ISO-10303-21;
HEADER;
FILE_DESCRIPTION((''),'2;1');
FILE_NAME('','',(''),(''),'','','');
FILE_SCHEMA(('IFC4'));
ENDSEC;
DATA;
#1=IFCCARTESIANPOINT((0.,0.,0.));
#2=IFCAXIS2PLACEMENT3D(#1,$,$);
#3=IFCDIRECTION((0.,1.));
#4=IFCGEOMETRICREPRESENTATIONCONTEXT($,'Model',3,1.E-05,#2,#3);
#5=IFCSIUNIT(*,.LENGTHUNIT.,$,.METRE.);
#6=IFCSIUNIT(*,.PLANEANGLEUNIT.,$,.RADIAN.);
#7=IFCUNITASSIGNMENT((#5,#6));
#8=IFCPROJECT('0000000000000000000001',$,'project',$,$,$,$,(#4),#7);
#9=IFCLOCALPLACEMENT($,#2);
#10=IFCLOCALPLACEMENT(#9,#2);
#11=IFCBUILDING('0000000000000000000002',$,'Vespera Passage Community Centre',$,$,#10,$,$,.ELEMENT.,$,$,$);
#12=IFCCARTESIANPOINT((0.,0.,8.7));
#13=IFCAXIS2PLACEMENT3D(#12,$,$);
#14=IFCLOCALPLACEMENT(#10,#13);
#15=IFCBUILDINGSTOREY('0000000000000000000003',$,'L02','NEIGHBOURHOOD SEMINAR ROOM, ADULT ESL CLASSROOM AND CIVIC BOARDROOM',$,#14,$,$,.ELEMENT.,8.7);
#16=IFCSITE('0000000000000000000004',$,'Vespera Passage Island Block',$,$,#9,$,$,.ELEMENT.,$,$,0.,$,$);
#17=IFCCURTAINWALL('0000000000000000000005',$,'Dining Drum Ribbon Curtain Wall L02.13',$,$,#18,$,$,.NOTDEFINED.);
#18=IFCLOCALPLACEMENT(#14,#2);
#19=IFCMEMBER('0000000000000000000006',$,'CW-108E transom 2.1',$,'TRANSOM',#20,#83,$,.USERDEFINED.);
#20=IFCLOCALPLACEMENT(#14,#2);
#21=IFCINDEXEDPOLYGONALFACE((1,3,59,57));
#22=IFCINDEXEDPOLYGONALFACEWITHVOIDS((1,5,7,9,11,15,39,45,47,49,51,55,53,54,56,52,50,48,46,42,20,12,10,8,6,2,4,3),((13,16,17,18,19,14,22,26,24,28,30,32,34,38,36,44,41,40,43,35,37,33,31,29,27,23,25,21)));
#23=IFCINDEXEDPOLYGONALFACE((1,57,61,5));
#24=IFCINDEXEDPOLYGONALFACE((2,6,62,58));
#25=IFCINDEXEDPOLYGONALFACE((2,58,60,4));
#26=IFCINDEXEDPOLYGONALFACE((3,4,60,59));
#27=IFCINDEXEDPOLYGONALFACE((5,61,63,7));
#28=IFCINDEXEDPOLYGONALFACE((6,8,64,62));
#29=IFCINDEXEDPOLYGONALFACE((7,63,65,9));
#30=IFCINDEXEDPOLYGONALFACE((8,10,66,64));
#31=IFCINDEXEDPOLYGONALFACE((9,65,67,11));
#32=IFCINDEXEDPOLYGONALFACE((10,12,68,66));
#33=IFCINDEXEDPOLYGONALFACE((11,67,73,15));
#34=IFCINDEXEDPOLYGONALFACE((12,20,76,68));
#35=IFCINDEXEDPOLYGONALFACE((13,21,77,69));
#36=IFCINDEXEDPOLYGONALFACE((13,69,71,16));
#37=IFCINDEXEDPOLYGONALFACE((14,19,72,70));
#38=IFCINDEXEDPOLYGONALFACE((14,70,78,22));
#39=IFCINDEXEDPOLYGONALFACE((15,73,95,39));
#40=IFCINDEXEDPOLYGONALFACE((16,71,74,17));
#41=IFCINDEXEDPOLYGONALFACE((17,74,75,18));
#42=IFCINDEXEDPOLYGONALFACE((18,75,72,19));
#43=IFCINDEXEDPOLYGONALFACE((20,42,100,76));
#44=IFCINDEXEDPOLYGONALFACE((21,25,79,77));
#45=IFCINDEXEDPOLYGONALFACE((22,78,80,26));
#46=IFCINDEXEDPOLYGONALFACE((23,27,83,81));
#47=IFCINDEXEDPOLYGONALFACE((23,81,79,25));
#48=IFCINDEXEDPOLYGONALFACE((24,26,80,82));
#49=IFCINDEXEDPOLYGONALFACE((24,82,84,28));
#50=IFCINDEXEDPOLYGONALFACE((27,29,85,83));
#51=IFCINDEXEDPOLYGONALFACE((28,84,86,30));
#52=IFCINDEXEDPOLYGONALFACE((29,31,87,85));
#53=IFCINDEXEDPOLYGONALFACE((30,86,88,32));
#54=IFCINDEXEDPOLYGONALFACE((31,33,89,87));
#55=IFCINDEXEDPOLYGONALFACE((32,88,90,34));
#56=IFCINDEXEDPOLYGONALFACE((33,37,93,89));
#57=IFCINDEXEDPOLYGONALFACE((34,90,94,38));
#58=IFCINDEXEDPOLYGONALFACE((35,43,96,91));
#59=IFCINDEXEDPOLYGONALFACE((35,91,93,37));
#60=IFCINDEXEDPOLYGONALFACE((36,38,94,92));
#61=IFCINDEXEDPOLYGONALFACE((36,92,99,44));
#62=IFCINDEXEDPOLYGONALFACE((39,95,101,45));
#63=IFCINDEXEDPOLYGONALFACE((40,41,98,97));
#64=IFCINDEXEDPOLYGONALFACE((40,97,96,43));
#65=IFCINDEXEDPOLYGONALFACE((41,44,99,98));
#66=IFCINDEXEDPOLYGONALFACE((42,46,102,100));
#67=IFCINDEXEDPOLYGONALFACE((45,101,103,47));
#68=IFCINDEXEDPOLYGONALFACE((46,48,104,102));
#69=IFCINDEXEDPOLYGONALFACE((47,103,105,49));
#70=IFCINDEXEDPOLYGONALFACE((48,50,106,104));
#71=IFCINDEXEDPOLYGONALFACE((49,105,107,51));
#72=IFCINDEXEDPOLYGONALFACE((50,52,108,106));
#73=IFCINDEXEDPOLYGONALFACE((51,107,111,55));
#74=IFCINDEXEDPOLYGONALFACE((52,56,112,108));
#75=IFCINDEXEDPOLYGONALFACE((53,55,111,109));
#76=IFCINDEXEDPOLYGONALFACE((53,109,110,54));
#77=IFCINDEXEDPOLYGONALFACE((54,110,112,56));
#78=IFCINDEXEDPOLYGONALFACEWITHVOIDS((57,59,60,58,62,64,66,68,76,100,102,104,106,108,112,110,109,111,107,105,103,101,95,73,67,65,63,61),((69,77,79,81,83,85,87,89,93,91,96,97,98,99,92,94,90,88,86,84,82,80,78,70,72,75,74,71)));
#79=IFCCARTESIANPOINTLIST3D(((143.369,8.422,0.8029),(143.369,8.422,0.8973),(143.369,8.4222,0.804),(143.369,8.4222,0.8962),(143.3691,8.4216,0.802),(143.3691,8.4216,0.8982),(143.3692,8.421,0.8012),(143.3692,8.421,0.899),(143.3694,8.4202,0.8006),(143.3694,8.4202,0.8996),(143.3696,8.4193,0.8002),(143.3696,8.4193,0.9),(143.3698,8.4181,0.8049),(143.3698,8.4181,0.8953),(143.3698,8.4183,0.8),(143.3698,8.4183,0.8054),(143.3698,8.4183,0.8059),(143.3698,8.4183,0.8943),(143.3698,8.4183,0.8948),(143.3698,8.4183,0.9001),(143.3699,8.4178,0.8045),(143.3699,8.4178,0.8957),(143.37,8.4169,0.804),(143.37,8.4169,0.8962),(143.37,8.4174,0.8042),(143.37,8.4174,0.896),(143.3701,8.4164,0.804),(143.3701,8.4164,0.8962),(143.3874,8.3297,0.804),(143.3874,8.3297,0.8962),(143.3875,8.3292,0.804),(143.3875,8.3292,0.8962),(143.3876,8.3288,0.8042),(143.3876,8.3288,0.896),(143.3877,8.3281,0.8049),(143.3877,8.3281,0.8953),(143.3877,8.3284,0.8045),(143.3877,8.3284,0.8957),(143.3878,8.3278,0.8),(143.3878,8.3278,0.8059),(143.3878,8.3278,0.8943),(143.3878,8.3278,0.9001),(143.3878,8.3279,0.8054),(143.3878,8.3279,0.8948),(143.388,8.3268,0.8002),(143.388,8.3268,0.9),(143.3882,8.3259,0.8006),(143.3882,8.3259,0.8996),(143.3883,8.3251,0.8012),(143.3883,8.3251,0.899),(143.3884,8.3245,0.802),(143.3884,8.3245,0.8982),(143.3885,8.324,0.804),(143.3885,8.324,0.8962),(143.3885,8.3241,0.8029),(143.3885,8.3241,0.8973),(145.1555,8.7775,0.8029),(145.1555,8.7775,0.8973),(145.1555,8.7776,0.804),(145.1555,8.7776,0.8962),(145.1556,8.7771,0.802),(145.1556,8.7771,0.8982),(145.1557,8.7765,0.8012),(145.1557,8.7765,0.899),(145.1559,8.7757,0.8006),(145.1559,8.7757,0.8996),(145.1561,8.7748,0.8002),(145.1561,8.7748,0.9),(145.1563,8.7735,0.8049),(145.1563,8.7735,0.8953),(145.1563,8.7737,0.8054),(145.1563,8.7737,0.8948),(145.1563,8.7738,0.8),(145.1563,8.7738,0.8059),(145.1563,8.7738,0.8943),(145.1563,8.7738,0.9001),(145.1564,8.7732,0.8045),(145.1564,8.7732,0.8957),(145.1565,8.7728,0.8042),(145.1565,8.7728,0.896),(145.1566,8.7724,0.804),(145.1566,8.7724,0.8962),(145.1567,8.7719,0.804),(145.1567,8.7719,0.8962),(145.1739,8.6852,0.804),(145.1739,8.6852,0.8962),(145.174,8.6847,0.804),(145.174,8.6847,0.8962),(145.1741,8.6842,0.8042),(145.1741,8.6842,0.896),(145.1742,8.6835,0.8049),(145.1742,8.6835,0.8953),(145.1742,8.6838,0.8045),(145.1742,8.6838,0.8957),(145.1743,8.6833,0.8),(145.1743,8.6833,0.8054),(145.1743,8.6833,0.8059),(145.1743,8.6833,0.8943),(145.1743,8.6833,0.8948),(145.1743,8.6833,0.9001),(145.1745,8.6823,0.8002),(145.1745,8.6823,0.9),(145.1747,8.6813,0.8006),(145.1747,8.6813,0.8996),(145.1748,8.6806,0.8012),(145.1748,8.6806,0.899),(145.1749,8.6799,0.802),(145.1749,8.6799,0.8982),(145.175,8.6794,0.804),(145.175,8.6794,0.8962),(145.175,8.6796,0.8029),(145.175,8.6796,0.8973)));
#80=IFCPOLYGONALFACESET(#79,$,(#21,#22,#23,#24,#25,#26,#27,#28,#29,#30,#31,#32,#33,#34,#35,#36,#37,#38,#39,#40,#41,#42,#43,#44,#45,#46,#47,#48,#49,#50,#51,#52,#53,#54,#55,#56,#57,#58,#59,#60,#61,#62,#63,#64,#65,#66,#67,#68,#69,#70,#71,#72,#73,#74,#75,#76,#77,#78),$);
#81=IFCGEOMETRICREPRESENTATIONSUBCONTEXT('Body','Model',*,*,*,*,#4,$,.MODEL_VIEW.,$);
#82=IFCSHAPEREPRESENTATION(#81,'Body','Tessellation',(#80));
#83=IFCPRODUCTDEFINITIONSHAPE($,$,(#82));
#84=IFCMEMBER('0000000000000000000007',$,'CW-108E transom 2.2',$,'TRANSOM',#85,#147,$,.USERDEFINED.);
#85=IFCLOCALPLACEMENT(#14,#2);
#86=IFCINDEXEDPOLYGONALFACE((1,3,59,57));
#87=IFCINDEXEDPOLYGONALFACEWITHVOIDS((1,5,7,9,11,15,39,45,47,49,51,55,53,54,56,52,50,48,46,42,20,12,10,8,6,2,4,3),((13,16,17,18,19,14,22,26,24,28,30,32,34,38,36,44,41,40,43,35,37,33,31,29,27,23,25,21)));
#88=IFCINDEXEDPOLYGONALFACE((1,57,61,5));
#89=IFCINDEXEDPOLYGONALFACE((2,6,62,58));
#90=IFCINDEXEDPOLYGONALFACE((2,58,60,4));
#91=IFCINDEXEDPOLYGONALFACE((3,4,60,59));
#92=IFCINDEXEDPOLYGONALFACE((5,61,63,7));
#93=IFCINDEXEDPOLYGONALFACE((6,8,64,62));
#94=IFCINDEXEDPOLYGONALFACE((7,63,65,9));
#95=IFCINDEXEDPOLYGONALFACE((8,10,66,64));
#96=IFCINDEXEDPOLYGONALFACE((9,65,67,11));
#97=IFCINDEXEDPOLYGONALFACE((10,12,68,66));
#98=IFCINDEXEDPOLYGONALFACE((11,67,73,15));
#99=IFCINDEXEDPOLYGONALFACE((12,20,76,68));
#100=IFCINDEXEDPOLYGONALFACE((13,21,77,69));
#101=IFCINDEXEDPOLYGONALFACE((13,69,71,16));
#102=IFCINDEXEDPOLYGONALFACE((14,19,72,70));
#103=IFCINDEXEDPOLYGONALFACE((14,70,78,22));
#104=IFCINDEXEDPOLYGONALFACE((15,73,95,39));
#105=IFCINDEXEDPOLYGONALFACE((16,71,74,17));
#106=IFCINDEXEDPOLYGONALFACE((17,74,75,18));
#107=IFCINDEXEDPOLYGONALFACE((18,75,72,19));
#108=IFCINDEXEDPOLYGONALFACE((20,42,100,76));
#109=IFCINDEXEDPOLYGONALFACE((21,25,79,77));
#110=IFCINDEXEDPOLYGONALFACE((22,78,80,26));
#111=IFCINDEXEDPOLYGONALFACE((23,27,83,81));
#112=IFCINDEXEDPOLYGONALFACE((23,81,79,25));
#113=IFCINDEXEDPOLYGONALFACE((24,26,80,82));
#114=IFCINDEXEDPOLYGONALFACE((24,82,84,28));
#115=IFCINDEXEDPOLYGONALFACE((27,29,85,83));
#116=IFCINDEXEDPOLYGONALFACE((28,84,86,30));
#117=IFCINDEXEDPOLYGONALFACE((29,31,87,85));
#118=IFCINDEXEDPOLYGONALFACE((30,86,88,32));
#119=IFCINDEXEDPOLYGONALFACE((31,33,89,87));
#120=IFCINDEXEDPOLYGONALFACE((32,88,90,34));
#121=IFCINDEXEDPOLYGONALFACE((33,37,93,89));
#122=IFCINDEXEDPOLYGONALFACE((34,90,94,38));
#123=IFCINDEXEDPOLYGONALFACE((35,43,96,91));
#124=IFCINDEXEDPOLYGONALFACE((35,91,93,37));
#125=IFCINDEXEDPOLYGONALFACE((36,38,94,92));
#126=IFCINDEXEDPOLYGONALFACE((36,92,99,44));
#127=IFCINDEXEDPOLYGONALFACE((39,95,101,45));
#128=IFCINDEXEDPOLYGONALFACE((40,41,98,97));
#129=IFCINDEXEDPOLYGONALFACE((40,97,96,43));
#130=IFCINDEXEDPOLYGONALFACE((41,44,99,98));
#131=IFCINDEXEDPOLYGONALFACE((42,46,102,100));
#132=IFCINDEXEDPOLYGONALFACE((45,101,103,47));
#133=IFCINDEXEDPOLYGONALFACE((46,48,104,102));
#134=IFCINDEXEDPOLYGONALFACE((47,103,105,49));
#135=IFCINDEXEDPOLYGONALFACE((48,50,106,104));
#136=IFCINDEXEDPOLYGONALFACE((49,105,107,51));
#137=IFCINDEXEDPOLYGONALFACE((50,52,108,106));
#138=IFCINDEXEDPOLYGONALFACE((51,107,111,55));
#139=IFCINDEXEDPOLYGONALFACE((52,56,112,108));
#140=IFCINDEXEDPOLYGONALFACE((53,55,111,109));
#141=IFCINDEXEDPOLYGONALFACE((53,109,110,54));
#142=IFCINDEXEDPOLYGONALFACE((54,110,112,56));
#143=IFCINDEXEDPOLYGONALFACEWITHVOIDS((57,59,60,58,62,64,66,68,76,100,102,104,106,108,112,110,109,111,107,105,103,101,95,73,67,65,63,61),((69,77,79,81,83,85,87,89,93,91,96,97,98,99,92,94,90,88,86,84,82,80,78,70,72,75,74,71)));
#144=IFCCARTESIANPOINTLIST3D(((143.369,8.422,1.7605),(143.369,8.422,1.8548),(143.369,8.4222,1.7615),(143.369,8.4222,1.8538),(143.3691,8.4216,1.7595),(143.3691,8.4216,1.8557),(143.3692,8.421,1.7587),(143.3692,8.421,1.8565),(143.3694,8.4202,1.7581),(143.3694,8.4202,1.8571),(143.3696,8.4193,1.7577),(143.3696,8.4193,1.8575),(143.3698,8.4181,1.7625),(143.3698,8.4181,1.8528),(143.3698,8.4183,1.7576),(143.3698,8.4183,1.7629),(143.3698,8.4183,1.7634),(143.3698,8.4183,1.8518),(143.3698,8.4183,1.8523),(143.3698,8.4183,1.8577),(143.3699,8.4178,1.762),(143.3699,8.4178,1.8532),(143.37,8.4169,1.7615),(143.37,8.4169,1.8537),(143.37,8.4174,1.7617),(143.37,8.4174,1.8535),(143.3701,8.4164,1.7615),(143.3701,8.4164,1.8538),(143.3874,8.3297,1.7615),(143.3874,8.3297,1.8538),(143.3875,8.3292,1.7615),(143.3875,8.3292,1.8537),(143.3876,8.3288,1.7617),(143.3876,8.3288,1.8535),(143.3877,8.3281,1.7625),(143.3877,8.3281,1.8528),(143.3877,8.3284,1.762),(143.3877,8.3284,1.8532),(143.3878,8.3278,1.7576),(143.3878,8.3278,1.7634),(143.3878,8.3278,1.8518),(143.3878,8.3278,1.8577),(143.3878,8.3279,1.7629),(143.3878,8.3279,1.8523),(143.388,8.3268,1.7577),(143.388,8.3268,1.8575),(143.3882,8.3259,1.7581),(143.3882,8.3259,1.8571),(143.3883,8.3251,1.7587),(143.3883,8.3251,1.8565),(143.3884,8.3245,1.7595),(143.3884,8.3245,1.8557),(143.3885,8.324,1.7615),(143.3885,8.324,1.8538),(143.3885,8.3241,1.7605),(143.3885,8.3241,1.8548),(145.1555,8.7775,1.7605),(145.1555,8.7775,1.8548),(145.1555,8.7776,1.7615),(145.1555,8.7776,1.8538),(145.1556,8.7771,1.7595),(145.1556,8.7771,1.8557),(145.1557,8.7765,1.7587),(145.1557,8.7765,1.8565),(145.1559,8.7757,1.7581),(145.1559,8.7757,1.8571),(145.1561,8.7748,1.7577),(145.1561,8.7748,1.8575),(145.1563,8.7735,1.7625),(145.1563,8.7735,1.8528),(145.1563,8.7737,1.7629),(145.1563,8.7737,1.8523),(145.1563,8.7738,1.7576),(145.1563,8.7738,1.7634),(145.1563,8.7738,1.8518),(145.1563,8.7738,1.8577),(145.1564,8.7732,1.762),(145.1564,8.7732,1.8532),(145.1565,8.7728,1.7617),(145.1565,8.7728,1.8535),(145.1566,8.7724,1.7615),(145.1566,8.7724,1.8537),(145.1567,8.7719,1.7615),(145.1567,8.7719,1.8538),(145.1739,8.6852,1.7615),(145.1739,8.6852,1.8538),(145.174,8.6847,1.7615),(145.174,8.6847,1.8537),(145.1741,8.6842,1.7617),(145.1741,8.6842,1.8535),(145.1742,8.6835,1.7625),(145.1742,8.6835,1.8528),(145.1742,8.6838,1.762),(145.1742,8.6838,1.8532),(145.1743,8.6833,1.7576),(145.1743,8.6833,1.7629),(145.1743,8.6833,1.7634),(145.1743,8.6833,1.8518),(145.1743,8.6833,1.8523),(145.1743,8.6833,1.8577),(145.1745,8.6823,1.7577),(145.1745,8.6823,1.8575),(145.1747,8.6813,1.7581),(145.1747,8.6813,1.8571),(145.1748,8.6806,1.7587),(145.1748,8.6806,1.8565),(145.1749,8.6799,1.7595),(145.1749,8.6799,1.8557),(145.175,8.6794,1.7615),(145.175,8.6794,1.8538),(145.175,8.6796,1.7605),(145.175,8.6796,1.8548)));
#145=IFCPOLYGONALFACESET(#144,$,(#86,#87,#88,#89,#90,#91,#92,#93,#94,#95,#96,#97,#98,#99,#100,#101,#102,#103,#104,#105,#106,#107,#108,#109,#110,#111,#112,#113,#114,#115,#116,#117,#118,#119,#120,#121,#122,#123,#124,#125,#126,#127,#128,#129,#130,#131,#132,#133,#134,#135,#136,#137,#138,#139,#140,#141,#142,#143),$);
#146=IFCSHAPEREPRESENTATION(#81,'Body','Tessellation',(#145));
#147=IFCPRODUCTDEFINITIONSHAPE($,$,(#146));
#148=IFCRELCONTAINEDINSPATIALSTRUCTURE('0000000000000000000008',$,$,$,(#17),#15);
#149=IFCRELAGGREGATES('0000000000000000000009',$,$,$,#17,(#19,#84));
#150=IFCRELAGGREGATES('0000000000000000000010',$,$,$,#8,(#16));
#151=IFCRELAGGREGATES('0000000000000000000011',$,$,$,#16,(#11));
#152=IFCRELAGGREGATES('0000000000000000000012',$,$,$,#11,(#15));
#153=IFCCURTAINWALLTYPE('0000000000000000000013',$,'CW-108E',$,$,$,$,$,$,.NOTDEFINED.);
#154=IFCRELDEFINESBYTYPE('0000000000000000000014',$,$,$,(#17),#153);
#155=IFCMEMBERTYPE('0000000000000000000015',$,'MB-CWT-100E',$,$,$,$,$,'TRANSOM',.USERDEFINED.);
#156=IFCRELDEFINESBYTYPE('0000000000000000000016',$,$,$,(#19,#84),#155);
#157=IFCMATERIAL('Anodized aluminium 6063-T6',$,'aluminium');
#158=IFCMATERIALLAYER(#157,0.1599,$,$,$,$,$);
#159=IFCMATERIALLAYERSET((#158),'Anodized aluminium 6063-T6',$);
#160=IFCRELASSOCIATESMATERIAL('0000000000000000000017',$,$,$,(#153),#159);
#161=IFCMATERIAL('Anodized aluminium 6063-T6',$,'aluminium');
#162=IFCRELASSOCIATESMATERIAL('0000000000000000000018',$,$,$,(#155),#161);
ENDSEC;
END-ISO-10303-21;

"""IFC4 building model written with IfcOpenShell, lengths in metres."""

from ifc_helpers import new_model, si_unit, direction, frame, origin, origin_2d, place, context, subcontext, project, spatial, hollow_rectangle, extrude, material, layer, layer_set, material_profile, profile_set, type_object, element, aggregate, save


model = new_model("IFC4")

# Units and contexts
model_context = context("Model", 3, precision=1e-05, world=origin(), true_north=direction((0.0, 1.0)))
body_context = subcontext(model_context, "Body", "Model", "MODEL_VIEW")
ifc_project = project(units=[si_unit("LENGTHUNIT", "METRE"), si_unit("PLANEANGLEUNIT", "RADIAN")], contexts=[model_context])

# Site, building, storey
site_placement = place(None, origin())
site = spatial("IfcSite", under=ifc_project, at=site_placement, Name="Vespera Passage Island Block", CompositionType="ELEMENT", RefElevation=0.0)
building_placement = place(site_placement, origin())
building = spatial("IfcBuilding", under=site, at=building_placement, Name="Vespera Passage Community Centre", CompositionType="ELEMENT")
storey_placement = place(building_placement, frame((0.0, 0.0, 8.7)))
storey = spatial("IfcBuildingStorey", under=building, at=storey_placement, Name="L02", Description="NEIGHBOURHOOD SEMINAR ROOM, ADULT ESL CLASSROOM AND CIVIC BOARDROOM", CompositionType="ELEMENT", Elevation=8.7)

# Shared definitions
ifc_material_1 = material(Name="Anodized aluminium 6063-T6", Category="aluminium")
ifc_layer_1 = layer(ifc_material_1, 0.1599)
ifc_layer_set_1 = layer_set([ifc_layer_1], Name="Anodized aluminium 6063-T6")
curtain_wall_type_1 = type_object("IfcCurtainWallType", Name="CW-108E", PredefinedType="NOTDEFINED", material=ifc_layer_set_1)

# Curtain wall
curtain_wall_1_placement = place(storey_placement, origin())
curtain_wall_1 = element("IfcCurtainWall", 1, at=curtain_wall_1_placement, inside=storey, type_object=curtain_wall_type_1, Name="Dining Drum Ribbon Curtain Wall L02.13", PredefinedType="NOTDEFINED")

# Members
ifc_material_2 = material(Name="Anodized aluminium 6063-T6", Category="aluminium")
ifc_material_profile_1 = material_profile(ifc_material_2, hollow_rectangle(XDim=0.1001, YDim=0.1001, WallThickness=0.0039, InnerFilletRadius=0.002, OuterFilletRadius=0.0039, at=origin_2d()), Name="ALU100X100X4")
ifc_profile_set_1 = profile_set([ifc_material_profile_1], Name="Anodized aluminium 6063-T6")
member_type_1 = type_object("IfcMemberType", Name="MB-CWT-100E", ElementType="TRANSOM", PredefinedType="USERDEFINED", material=ifc_profile_set_1)
member_1_placement = place(storey_placement, frame((145.1653, 8.7285, 0.8501), z_axis=(-0.980776, -0.195137, 0.0), x_axis=(0.195137, -0.980776, 0.0)))
member_1 = element("IfcMember", 2, at=member_1_placement, type_object=member_type_1, Name="CW-108E transom 2.1", ObjectType="TRANSOM", PredefinedType="USERDEFINED", context=body_context, shape_type="SweptSolid", body=[
    extrude(hollow_rectangle(XDim=0.1001, YDim=0.1001, WallThickness=0.0039, InnerFilletRadius=0.002, OuterFilletRadius=0.0039, at=origin_2d()), origin(), (0.0, 0.0, 1.0), 1.8215),
])
member_2_placement = place(storey_placement, frame((145.1653, 8.7285, 1.8076), z_axis=(-0.980776, -0.195137, 0.0), x_axis=(0.195137, -0.980776, 0.0)))
member_2 = element("IfcMember", 3, at=member_2_placement, type_object=member_type_1, Name="CW-108E transom 2.2", ObjectType="TRANSOM", PredefinedType="USERDEFINED", context=body_context, shape_type="SweptSolid", body=[
    extrude(hollow_rectangle(XDim=0.1001, YDim=0.1001, WallThickness=0.0039, InnerFilletRadius=0.002, OuterFilletRadius=0.0039, at=origin_2d()), origin(), (0.0, 0.0, 1.0), 1.8215),
])

aggregate(curtain_wall_1, [member_1, member_2])

save(model, "model.ifc")
